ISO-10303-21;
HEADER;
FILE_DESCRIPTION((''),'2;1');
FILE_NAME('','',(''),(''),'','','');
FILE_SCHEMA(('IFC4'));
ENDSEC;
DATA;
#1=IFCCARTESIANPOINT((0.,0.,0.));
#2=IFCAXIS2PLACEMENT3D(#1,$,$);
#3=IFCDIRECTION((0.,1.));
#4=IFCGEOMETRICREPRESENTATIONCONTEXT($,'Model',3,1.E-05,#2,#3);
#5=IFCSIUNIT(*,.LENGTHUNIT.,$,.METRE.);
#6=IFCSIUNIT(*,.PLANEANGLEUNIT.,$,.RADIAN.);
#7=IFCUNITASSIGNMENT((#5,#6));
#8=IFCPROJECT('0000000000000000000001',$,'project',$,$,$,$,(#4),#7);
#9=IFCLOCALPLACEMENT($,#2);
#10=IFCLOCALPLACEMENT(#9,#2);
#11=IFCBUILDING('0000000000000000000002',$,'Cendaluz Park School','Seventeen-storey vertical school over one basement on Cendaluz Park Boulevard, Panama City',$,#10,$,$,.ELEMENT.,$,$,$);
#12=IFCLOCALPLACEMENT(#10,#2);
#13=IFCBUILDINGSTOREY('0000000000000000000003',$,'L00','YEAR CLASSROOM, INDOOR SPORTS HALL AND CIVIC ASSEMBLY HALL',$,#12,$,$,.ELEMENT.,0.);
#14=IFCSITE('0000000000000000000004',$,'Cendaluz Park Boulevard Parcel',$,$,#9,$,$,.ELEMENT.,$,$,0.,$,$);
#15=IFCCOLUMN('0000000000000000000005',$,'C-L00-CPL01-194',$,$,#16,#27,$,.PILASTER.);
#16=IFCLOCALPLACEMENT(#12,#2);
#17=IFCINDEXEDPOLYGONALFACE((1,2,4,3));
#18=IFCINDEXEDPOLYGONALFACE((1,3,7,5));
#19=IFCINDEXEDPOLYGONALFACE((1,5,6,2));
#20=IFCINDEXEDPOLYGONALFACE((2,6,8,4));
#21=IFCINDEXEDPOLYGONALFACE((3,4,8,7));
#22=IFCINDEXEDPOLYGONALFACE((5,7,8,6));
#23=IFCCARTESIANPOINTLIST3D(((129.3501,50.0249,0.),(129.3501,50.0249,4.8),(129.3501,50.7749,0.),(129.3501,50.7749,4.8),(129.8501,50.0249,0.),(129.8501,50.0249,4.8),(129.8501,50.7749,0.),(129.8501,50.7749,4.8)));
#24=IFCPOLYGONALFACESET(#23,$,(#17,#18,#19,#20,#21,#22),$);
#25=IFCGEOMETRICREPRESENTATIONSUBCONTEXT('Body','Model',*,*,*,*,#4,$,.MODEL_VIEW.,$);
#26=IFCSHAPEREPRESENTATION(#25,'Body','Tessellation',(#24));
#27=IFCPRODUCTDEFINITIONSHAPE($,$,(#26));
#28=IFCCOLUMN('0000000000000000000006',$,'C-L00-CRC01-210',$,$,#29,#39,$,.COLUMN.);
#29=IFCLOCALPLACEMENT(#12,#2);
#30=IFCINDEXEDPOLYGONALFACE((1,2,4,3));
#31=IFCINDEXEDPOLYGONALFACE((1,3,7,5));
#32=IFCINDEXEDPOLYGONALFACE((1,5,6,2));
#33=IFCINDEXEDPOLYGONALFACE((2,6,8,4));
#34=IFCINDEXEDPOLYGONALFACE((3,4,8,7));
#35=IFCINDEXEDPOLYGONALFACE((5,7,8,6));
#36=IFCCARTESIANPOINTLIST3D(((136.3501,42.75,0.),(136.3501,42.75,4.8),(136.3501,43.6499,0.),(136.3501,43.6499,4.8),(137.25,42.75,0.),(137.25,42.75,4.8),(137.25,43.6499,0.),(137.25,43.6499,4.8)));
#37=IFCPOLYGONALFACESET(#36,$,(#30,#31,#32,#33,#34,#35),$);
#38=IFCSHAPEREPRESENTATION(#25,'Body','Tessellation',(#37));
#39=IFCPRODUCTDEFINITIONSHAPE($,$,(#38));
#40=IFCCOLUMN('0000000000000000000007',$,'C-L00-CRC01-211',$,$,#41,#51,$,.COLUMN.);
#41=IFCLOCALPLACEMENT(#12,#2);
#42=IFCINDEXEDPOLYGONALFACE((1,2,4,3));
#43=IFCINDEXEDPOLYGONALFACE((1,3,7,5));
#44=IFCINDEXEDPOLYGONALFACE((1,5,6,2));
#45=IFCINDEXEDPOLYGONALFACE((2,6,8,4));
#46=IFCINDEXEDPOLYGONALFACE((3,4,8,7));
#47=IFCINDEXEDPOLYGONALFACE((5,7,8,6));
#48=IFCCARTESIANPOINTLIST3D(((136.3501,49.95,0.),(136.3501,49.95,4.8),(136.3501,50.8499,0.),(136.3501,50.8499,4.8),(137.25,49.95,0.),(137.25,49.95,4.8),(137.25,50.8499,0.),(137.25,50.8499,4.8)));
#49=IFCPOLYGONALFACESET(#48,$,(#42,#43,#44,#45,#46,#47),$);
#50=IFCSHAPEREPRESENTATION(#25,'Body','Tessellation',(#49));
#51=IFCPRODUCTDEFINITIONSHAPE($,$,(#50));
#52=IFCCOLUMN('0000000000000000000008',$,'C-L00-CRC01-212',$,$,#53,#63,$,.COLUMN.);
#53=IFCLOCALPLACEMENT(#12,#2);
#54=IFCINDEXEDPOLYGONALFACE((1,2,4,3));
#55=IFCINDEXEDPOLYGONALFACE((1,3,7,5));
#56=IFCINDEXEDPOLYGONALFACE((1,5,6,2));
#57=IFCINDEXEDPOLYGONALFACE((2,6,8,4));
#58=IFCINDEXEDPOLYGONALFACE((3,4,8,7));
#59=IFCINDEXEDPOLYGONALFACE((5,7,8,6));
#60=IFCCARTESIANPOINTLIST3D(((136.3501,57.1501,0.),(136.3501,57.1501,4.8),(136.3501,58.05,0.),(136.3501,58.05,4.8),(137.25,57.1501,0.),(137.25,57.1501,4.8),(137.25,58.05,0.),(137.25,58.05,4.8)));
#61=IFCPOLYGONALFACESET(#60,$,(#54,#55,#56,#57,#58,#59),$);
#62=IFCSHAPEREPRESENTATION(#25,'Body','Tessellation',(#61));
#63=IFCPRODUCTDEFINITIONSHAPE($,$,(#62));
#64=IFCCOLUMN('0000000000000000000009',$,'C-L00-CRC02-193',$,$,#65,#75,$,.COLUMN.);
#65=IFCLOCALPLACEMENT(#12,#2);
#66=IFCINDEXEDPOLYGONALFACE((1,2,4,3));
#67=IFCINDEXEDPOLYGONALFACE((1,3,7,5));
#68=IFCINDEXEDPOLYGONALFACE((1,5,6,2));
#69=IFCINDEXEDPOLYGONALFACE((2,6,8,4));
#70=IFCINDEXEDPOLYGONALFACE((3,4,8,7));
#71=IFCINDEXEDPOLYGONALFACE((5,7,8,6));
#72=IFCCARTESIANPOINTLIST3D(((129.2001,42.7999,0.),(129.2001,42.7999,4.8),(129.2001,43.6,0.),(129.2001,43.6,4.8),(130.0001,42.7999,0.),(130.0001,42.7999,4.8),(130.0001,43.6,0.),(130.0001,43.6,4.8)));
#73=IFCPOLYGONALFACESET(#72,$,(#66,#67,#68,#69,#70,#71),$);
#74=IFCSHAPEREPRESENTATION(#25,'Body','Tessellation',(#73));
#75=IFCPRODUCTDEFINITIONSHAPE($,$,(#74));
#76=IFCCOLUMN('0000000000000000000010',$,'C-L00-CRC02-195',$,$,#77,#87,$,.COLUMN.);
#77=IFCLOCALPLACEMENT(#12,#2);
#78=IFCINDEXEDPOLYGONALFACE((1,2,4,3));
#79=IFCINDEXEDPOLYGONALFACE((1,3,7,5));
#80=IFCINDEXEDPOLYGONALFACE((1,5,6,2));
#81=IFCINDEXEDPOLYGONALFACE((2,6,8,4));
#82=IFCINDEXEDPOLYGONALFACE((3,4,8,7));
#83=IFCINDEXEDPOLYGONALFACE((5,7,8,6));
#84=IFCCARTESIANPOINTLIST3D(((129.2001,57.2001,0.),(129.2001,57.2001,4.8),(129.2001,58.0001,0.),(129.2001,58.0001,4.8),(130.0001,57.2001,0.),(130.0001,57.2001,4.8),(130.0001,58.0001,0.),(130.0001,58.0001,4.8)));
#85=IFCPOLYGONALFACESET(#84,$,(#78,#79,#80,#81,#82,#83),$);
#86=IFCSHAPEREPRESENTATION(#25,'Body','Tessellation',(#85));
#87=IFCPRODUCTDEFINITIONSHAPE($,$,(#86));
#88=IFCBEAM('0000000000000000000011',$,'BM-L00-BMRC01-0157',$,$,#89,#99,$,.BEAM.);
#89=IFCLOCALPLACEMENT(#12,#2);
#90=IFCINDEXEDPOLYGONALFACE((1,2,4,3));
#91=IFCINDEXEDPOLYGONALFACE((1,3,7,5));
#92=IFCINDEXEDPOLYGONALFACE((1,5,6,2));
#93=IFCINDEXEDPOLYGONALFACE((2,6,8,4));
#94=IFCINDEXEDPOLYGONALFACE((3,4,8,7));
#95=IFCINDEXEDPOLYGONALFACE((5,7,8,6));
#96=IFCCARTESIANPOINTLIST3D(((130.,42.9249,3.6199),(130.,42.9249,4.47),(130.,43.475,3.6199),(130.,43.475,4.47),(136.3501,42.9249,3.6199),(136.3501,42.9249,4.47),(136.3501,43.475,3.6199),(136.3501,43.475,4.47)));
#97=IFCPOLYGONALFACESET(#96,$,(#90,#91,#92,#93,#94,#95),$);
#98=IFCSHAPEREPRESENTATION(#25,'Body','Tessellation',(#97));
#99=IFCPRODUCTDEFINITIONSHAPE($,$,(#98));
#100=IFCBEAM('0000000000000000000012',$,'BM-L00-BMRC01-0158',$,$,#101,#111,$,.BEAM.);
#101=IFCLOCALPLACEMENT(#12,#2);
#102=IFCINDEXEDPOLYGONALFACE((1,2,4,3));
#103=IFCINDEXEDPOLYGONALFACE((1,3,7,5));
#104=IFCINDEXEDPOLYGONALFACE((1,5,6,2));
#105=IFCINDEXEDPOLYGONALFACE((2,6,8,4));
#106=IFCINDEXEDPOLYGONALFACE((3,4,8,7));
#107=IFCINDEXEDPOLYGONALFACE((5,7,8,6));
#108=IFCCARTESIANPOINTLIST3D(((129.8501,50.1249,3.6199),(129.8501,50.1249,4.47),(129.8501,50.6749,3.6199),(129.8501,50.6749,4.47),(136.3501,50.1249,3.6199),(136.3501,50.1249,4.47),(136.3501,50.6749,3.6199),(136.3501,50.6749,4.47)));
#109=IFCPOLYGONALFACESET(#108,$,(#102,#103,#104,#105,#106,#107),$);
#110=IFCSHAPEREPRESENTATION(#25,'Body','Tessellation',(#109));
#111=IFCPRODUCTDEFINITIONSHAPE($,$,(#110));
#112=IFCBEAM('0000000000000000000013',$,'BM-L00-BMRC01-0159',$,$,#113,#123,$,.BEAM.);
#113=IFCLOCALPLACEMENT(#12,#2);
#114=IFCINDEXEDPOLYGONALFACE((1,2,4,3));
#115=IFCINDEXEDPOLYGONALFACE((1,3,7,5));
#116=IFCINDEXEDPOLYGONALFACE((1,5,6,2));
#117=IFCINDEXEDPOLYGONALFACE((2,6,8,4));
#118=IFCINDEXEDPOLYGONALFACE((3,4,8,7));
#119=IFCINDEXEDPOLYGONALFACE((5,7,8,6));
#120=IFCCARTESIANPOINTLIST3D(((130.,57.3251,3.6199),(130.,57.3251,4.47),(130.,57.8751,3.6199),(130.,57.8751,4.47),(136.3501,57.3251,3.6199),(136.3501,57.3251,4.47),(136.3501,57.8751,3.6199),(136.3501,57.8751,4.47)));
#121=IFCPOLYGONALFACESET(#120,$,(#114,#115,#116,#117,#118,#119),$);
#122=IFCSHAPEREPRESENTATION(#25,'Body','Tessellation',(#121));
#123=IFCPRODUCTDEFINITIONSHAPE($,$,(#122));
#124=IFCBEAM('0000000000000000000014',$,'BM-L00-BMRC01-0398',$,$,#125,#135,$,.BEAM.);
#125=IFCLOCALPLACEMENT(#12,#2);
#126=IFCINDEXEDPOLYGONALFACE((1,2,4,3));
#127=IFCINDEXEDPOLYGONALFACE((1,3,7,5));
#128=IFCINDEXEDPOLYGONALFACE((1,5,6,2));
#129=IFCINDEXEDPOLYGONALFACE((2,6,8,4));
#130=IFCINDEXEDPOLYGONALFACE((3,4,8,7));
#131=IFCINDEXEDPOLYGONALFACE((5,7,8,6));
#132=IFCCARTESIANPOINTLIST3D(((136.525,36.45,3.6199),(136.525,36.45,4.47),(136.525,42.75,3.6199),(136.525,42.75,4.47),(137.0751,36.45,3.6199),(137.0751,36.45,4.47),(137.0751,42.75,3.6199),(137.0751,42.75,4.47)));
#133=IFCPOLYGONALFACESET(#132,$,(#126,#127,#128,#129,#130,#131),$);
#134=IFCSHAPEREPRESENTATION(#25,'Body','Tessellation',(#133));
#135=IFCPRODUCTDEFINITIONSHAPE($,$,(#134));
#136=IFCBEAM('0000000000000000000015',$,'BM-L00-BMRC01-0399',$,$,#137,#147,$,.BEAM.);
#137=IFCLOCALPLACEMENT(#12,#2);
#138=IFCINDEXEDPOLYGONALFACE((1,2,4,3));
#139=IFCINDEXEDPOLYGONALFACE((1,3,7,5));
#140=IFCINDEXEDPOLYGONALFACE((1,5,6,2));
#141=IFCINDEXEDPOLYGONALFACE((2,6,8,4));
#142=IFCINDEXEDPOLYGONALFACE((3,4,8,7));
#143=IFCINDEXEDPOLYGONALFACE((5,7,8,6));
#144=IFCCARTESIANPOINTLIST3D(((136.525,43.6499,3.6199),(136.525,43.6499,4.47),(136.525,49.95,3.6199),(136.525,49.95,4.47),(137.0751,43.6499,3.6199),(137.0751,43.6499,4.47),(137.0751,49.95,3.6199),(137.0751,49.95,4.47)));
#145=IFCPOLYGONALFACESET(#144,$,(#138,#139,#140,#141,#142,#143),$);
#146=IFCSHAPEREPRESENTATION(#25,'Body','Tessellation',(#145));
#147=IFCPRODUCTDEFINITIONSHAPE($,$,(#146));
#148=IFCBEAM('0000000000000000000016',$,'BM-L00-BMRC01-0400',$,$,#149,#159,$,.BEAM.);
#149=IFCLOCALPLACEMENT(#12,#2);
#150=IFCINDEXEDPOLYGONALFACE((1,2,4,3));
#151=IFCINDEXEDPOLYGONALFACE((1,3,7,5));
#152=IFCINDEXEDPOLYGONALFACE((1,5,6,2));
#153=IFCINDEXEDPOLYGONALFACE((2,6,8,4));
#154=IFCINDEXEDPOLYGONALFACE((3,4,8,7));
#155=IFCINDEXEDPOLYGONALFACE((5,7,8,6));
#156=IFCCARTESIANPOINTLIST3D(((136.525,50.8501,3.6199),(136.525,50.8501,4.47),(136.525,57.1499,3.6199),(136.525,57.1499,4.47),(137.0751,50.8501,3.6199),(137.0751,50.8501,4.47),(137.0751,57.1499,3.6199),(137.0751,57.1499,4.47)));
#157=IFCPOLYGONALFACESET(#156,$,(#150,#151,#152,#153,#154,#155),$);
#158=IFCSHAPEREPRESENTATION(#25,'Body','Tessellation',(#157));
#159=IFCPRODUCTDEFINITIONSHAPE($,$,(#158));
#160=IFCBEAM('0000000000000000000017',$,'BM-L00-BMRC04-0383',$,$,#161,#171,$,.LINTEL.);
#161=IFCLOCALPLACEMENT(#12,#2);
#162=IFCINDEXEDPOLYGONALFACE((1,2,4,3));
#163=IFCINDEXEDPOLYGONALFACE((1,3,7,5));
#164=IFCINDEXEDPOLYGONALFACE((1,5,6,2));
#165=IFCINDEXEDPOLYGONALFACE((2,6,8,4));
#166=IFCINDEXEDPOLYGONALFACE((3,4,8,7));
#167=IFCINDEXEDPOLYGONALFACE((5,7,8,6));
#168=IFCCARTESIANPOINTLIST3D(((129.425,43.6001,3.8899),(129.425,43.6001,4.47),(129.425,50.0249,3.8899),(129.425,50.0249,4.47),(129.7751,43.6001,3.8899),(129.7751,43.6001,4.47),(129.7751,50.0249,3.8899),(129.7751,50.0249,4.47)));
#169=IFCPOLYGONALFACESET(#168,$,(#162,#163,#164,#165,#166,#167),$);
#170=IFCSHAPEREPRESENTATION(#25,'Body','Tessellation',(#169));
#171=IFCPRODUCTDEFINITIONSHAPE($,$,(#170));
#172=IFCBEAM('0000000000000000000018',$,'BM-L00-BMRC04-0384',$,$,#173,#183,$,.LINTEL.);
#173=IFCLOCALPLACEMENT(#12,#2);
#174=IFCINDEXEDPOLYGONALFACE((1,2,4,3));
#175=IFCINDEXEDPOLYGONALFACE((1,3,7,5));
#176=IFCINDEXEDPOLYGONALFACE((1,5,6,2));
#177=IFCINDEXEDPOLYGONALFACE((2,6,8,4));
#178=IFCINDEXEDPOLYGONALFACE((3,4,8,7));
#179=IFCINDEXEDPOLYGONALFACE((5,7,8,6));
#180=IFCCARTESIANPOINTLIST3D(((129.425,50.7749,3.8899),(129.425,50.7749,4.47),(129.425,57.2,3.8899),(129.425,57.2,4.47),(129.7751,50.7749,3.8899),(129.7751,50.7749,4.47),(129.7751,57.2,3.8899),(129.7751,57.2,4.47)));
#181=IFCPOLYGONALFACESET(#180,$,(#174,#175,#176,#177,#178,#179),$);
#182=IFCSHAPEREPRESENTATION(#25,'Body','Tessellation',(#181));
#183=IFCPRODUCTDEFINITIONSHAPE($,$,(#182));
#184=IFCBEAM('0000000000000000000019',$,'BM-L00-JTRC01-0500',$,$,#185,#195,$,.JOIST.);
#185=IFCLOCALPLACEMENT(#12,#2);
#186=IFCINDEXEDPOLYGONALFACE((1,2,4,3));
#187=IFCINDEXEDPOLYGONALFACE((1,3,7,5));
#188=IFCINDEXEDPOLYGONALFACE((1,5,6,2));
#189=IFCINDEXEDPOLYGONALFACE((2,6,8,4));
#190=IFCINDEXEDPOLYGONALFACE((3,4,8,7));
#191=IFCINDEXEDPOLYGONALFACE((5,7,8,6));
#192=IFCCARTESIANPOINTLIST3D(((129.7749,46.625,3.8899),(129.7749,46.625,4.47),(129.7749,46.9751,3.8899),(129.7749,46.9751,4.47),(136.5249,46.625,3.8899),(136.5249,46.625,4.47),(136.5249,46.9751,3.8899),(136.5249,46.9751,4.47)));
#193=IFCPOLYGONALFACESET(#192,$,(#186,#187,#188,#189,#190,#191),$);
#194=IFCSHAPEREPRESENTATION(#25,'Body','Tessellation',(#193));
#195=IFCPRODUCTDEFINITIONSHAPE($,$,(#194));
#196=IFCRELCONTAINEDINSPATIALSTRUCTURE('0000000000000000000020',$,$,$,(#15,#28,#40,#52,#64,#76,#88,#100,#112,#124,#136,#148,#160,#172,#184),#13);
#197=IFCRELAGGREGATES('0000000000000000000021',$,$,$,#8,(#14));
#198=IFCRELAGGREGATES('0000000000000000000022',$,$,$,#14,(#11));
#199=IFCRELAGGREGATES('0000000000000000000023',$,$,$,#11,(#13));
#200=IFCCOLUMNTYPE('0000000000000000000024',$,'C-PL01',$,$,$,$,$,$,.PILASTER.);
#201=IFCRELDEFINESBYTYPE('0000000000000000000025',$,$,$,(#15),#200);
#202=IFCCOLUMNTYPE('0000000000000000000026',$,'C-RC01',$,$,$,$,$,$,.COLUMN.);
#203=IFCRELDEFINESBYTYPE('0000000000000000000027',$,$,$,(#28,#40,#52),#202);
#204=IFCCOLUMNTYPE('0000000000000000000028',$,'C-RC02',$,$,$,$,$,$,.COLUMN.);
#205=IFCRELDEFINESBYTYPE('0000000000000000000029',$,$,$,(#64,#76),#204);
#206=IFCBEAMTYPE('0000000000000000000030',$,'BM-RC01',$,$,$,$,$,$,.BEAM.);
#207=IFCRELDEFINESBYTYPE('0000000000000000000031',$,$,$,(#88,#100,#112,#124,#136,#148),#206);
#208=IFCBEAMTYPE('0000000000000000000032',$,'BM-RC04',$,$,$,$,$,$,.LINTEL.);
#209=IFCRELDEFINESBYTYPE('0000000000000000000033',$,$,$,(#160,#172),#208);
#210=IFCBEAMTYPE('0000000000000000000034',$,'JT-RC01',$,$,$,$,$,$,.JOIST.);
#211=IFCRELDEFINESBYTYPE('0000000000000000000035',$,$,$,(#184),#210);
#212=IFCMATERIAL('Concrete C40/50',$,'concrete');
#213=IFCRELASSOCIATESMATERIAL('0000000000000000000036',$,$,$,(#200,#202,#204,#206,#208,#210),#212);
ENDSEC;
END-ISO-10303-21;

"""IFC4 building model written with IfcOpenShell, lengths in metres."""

from ifc_helpers import new_model, si_unit, direction, frame, origin, origin_2d, place, context, subcontext, project, spatial, rectangle, extrude, material, material_profile, profile_set, type_object, element, save


model = new_model("IFC4")

# Units and contexts
model_context = context("Model", 3, precision=1e-05, world=origin(), true_north=direction((0.0, 1.0)))
body_context = subcontext(model_context, "Body", "Model", "MODEL_VIEW")
ifc_project = project(units=[si_unit("LENGTHUNIT", "METRE"), si_unit("PLANEANGLEUNIT", "RADIAN")], contexts=[model_context])

# Site, building, storey
site_placement = place(None, origin())
site = spatial("IfcSite", under=ifc_project, at=site_placement, Name="Cendaluz Park Boulevard Parcel", CompositionType="ELEMENT", RefElevation=0.0)
building_placement = place(site_placement, origin())
building = spatial("IfcBuilding", under=site, at=building_placement, Name="Cendaluz Park School", Description="Seventeen-storey vertical school over one basement on Cendaluz Park Boulevard, Panama City", CompositionType="ELEMENT")
storey_placement = place(building_placement, origin())
storey = spatial("IfcBuildingStorey", under=building, at=storey_placement, Name="L00", Description="YEAR CLASSROOM, INDOOR SPORTS HALL AND CIVIC ASSEMBLY HALL", CompositionType="ELEMENT", Elevation=0.0)

# Columns
ifc_material_1 = material(Name="Concrete C40/50", Category="concrete")
ifc_material_profile_1 = material_profile(ifc_material_1, rectangle(XDim=0.5, YDim=0.75, at=origin_2d()), Name="RC 500x750", Category="concrete")
ifc_profile_set_1 = profile_set([ifc_material_profile_1], Name="Concrete C40/50")
column_type_1 = type_object("IfcColumnType", Name="C-PL01", PredefinedType="PILASTER", material=ifc_profile_set_1)
column_placement = place(storey_placement, frame((129.6001, 50.3999, 0.0), z_axis=(0.0, 0.0, 1.0), x_axis=(1.0, 0.0, 0.0)))
element("IfcColumn", 1, at=column_placement, inside=storey, type_object=column_type_1, Name="C-L00-CPL01-194", PredefinedType="PILASTER", context=body_context, shape_type="SweptSolid", body=[
    extrude(rectangle(XDim=0.5, YDim=0.75, at=origin_2d()), origin(), (0.0, 0.0, 1.0), 4.8),
])
ifc_material_profile_2 = material_profile(ifc_material_1, rectangle(XDim=0.8999, YDim=0.8999, at=origin_2d()), Name="RC 900x900", Category="concrete")
ifc_profile_set_2 = profile_set([ifc_material_profile_2], Name="Concrete C40/50")
column_type_2 = type_object("IfcColumnType", Name="C-RC01", PredefinedType="COLUMN", material=ifc_profile_set_2)
for number, where, z_axis, x_axis, name in (
    (2, (136.8, 43.2, 0.0), (0.0, 0.0, 1.0), (1.0, 0.0, 0.0), "C-L00-CRC01-210"),
    (3, (136.8, 50.3999, 0.0), (0.0, 0.0, 1.0), (1.0, 0.0, 0.0), "C-L00-CRC01-211"),
    (4, (136.8, 57.6001, 0.0), (0.0, 0.0, 1.0), (1.0, 0.0, 0.0), "C-L00-CRC01-212"),
):
    element("IfcColumn", number, at=place(storey_placement, frame(where, z_axis=z_axis, x_axis=x_axis)), inside=storey, type_object=column_type_2, Name=name, PredefinedType="COLUMN", context=body_context, shape_type="SweptSolid", body=[
        extrude(rectangle(XDim=0.8999, YDim=0.8999, at=origin_2d()), origin(), (0.0, 0.0, 1.0), 4.8),
    ])
ifc_material_profile_3 = material_profile(ifc_material_1, rectangle(XDim=0.8, YDim=0.8, at=origin_2d()), Name="RC 800x800", Category="concrete")
ifc_profile_set_3 = profile_set([ifc_material_profile_3], Name="Concrete C40/50")
column_type_3 = type_object("IfcColumnType", Name="C-RC02", PredefinedType="COLUMN", material=ifc_profile_set_3)
for number, where, z_axis, x_axis, name in (
    (5, (129.6001, 43.2, 0.0), (0.0, 0.0, 1.0), (1.0, 0.0, 0.0), "C-L00-CRC02-193"),
    (6, (129.6001, 57.6001, 0.0), (0.0, 0.0, 1.0), (1.0, 0.0, 0.0), "C-L00-CRC02-195"),
):
    element("IfcColumn", number, at=place(storey_placement, frame(where, z_axis=z_axis, x_axis=x_axis)), inside=storey, type_object=column_type_3, Name=name, PredefinedType="COLUMN", context=body_context, shape_type="SweptSolid", body=[
        extrude(rectangle(XDim=0.8, YDim=0.8, at=origin_2d()), origin(), (0.0, 0.0, 1.0), 4.8),
    ])

# Beams
ifc_material_profile_4 = material_profile(ifc_material_1, rectangle(XDim=0.55, YDim=0.8501, at=origin_2d()), Name="RC 550x850", Category="concrete")
ifc_profile_set_4 = profile_set([ifc_material_profile_4], Name="Concrete C40/50")
beam_type_1 = type_object("IfcBeamType", Name="BM-RC01", PredefinedType="BEAM", material=ifc_profile_set_4)
beam_1_placement = place(storey_placement, frame((130.0, 43.2, 4.0449), z_axis=(1.0, 0.0, 0.0), x_axis=(0.0, 1.0, 0.0)))
element("IfcBeam", 7, at=beam_1_placement, inside=storey, type_object=beam_type_1, Name="BM-L00-BMRC01-0157", PredefinedType="BEAM", context=body_context, shape_type="SweptSolid", body=[
    extrude(rectangle(XDim=0.55, YDim=0.8501, at=origin_2d()), origin(), (0.0, 0.0, 1.0), 6.3501),
])
beam_2_placement = place(storey_placement, frame((129.8501, 50.3999, 4.0449), z_axis=(1.0, 0.0, 0.0), x_axis=(0.0, 1.0, 0.0)))
element("IfcBeam", 8, at=beam_2_placement, inside=storey, type_object=beam_type_1, Name="BM-L00-BMRC01-0158", PredefinedType="BEAM", context=body_context, shape_type="SweptSolid", body=[
    extrude(rectangle(XDim=0.55, YDim=0.8501, at=origin_2d()), origin(), (0.0, 0.0, 1.0), 6.5),
])
beam_3_placement = place(storey_placement, frame((130.0, 57.6001, 4.0449), z_axis=(1.0, 0.0, 0.0), x_axis=(0.0, 1.0, 0.0)))
element("IfcBeam", 9, at=beam_3_placement, inside=storey, type_object=beam_type_1, Name="BM-L00-BMRC01-0159", PredefinedType="BEAM", context=body_context, shape_type="SweptSolid", body=[
    extrude(rectangle(XDim=0.55, YDim=0.8501, at=origin_2d()), origin(), (0.0, 0.0, 1.0), 6.3501),
])
for number, where, z_axis, x_axis, name in (
    (10, (136.8, 36.45, 4.0449), (0.0, 1.0, 0.0), (-1.0, 0.0, 0.0), "BM-L00-BMRC01-0398"),
    (11, (136.8, 43.6499, 4.0449), (0.0, 1.0, 0.0), (-1.0, 0.0, 0.0), "BM-L00-BMRC01-0399"),
):
    element("IfcBeam", number, at=place(storey_placement, frame(where, z_axis=z_axis, x_axis=x_axis)), inside=storey, type_object=beam_type_1, Name=name, PredefinedType="BEAM", context=body_context, shape_type="SweptSolid", body=[
        extrude(rectangle(XDim=0.55, YDim=0.8501, at=origin_2d()), origin(), (0.0, 0.0, 1.0), 6.3),
    ])
beam_4_placement = place(storey_placement, frame((136.8, 50.8501, 4.0449), z_axis=(0.0, 1.0, 0.0), x_axis=(-1.0, 0.0, 0.0)))
element("IfcBeam", 12, at=beam_4_placement, inside=storey, type_object=beam_type_1, Name="BM-L00-BMRC01-0400", PredefinedType="BEAM", context=body_context, shape_type="SweptSolid", body=[
    extrude(rectangle(XDim=0.55, YDim=0.8501, at=origin_2d()), origin(), (0.0, 0.0, 1.0), 6.2998),
])
ifc_material_profile_5 = material_profile(ifc_material_1, rectangle(XDim=0.3501, YDim=0.5801, at=origin_2d()), Name="RC 350x580", Category="concrete")
ifc_profile_set_5 = profile_set([ifc_material_profile_5], Name="Concrete C40/50")
beam_type_2 = type_object("IfcBeamType", Name="BM-RC04", PredefinedType="LINTEL", material=ifc_profile_set_5)
beam_5_placement = place(storey_placement, frame((129.6001, 43.6001, 4.1799), z_axis=(0.0, 1.0, 0.0), x_axis=(-1.0, 0.0, 0.0)))
element("IfcBeam", 13, at=beam_5_placement, inside=storey, type_object=beam_type_2, Name="BM-L00-BMRC04-0383", PredefinedType="LINTEL", context=body_context, shape_type="SweptSolid", body=[
    extrude(rectangle(XDim=0.3501, YDim=0.5801, at=origin_2d()), origin(), (0.0, 0.0, 1.0), 6.4248),
])
beam_6_placement = place(storey_placement, frame((129.6001, 50.7749, 4.1799), z_axis=(0.0, 1.0, 0.0), x_axis=(-1.0, 0.0, 0.0)))
element("IfcBeam", 14, at=beam_6_placement, inside=storey, type_object=beam_type_2, Name="BM-L00-BMRC04-0384", PredefinedType="LINTEL", context=body_context, shape_type="SweptSolid", body=[
    extrude(rectangle(XDim=0.3501, YDim=0.5801, at=origin_2d()), origin(), (0.0, 0.0, 1.0), 6.425),
])
ifc_material_profile_6 = material_profile(ifc_material_1, rectangle(XDim=0.3501, YDim=0.5801, at=origin_2d()), Name="RC 350x580", Category="concrete")
ifc_profile_set_6 = profile_set([ifc_material_profile_6], Name="Concrete C40/50")
beam_type_3 = type_object("IfcBeamType", Name="JT-RC01", PredefinedType="JOIST", material=ifc_profile_set_6)
beam_7_placement = place(storey_placement, frame((129.7749, 46.8, 4.1799), z_axis=(1.0, 0.0, 0.0), x_axis=(0.0, 1.0, 0.0)))
element("IfcBeam", 15, at=beam_7_placement, inside=storey, type_object=beam_type_3, Name="BM-L00-JTRC01-0500", PredefinedType="JOIST", context=body_context, shape_type="SweptSolid", body=[
    extrude(rectangle(XDim=0.3501, YDim=0.5801, at=origin_2d()), origin(), (0.0, 0.0, 1.0), 6.75),
])

save(model, "model.ifc")
